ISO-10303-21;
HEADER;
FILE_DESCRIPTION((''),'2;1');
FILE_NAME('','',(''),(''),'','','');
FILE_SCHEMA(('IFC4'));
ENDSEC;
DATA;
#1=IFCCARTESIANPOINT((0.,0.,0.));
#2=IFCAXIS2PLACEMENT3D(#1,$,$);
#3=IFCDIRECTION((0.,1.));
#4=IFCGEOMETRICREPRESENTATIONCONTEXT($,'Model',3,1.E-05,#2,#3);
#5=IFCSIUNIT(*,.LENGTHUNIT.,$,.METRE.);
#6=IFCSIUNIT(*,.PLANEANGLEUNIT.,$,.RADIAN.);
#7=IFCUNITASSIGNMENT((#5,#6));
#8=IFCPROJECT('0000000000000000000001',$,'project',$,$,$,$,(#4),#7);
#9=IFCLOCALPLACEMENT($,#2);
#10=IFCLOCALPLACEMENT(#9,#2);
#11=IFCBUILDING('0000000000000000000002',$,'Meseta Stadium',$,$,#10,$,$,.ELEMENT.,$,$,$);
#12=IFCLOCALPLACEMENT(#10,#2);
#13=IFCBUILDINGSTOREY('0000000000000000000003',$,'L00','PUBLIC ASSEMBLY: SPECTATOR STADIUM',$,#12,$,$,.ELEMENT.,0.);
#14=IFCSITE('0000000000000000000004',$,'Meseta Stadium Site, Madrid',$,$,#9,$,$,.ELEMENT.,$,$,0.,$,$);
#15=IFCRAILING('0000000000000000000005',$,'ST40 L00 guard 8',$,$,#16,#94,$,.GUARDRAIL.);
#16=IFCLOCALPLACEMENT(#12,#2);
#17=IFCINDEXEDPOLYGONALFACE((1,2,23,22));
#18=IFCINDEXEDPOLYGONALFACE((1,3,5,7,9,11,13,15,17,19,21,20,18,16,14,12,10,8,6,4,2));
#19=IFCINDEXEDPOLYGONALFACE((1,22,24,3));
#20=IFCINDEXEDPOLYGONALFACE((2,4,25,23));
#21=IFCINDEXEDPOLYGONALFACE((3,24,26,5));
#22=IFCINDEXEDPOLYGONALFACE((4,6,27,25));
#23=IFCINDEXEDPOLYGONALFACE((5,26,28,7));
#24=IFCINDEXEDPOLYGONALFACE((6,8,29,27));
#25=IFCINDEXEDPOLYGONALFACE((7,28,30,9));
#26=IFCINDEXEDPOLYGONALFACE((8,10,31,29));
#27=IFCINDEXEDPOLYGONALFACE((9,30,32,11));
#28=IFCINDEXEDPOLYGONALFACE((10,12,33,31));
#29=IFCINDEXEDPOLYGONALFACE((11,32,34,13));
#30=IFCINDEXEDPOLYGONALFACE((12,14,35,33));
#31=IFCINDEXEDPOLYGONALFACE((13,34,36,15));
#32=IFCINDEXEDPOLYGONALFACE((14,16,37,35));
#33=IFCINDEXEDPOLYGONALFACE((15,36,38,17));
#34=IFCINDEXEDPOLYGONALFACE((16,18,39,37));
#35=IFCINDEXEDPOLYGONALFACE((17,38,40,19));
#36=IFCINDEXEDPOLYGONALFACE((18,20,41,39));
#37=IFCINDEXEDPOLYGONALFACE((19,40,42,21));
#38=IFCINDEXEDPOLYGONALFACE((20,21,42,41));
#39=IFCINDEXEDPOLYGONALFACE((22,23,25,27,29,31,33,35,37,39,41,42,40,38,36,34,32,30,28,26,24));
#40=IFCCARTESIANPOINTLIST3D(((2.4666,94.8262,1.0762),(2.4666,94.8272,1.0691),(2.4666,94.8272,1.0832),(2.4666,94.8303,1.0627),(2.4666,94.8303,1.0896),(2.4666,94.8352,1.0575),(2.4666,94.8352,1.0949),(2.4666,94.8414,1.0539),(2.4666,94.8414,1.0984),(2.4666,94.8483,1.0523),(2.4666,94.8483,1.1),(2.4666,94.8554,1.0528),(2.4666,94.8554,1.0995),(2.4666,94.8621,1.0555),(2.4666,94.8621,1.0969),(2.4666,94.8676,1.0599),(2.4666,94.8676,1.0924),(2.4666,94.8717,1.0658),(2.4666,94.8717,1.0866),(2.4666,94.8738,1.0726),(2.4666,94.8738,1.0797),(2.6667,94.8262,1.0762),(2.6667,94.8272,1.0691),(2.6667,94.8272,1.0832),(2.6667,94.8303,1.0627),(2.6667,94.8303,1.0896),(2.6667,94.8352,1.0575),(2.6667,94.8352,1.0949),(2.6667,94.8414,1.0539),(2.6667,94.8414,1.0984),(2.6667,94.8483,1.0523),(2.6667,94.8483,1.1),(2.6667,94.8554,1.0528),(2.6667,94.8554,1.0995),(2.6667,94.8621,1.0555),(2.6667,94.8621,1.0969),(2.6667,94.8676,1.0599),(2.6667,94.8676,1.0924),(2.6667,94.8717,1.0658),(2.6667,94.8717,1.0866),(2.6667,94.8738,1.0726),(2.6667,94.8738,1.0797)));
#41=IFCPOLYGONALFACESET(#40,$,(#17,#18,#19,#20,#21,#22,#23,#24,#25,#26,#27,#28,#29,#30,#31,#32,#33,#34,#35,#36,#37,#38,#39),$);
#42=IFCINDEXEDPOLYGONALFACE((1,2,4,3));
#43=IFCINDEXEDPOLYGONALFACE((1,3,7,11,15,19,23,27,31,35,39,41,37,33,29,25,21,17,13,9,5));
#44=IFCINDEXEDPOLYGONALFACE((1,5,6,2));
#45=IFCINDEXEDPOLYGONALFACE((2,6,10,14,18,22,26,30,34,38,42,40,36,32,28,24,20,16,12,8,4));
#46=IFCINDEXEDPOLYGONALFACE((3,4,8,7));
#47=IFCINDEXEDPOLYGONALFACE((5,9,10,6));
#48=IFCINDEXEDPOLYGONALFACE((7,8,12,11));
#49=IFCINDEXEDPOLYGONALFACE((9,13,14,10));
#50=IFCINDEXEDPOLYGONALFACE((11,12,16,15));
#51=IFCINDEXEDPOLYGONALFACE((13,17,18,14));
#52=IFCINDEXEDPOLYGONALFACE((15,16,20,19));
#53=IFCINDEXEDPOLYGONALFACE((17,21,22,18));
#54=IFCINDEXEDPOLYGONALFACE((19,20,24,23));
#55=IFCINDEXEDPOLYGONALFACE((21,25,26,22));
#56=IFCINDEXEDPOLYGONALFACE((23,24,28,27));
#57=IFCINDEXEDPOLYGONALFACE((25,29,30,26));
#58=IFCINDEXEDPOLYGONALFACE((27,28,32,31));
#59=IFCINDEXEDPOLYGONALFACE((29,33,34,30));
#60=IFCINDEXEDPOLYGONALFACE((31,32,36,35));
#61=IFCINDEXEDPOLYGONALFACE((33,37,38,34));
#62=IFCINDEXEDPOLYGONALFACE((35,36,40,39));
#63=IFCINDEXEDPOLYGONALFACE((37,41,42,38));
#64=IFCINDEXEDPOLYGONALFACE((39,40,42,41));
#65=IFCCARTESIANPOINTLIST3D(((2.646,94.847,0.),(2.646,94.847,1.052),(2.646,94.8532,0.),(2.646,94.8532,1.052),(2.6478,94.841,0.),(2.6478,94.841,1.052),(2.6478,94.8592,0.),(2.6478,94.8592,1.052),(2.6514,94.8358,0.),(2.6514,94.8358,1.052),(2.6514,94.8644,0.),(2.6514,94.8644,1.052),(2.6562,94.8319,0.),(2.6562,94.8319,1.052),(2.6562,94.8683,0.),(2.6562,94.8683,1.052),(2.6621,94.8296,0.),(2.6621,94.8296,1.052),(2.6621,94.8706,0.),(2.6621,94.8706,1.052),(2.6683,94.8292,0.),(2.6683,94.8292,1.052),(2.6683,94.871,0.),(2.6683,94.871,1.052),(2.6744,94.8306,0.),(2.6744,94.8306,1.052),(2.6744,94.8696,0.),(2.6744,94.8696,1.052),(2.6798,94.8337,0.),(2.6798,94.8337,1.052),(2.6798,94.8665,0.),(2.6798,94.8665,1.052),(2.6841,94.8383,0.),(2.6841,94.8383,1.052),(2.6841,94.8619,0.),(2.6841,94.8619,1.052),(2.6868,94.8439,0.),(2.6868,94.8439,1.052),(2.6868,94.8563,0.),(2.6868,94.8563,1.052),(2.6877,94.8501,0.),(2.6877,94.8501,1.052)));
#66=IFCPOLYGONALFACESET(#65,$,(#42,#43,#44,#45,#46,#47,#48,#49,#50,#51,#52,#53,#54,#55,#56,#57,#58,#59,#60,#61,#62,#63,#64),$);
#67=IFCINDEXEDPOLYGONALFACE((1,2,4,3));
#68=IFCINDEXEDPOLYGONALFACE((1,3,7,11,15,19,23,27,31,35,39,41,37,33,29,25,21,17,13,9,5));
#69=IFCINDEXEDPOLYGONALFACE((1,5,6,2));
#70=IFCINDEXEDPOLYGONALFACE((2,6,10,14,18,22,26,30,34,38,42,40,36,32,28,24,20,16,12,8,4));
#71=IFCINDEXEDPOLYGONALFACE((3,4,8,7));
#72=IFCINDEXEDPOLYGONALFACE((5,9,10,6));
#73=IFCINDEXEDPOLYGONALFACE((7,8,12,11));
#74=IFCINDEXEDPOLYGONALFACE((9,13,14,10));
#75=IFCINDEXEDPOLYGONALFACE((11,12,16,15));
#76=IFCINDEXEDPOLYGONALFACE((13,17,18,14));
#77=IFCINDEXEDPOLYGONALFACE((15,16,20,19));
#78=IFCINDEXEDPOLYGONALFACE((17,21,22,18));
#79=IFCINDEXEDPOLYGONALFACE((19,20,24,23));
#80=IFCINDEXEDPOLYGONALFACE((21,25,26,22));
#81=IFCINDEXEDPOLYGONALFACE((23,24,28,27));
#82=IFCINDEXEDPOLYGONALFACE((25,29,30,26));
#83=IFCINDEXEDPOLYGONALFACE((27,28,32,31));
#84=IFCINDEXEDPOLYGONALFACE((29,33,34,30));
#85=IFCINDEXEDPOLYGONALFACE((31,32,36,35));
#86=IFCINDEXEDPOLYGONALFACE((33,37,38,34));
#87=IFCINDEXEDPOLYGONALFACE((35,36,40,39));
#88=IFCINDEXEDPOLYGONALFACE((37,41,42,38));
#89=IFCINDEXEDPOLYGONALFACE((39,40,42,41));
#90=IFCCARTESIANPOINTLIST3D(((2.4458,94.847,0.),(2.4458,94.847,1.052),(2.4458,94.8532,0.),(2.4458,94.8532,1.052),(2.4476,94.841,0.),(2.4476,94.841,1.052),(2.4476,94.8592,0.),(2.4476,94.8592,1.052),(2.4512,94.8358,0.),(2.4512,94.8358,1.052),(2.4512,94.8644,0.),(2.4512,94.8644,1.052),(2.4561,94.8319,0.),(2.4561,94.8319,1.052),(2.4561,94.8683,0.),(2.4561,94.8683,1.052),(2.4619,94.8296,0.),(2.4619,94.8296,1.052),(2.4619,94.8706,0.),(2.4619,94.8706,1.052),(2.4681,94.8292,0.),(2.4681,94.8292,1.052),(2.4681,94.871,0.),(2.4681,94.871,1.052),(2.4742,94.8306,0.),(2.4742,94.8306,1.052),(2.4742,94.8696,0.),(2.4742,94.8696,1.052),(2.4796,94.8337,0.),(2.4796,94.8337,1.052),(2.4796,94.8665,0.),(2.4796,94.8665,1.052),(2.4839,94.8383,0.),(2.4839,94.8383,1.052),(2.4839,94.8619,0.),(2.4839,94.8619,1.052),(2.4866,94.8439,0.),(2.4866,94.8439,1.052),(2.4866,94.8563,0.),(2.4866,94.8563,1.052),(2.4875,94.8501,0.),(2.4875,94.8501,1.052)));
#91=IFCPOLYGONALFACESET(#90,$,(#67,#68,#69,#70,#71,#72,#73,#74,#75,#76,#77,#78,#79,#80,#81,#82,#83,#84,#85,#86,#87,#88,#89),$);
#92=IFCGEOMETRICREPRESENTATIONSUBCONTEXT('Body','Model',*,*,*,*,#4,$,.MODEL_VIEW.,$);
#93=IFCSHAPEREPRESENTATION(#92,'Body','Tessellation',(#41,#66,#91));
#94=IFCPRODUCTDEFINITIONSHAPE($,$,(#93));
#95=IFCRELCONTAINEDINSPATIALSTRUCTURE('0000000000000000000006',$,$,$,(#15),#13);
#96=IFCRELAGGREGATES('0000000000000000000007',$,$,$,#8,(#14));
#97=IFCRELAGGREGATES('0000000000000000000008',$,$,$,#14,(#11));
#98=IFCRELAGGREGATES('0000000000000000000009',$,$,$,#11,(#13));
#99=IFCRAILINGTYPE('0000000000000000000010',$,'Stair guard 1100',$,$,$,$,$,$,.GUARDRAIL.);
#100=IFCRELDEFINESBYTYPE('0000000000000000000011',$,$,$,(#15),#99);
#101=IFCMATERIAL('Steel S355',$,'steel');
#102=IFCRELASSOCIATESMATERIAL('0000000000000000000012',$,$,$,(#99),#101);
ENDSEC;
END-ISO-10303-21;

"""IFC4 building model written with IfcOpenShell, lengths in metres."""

from ifc_helpers import new_model, si_unit, direction, frame, origin, origin_2d, place, context, subcontext, project, spatial, circle, extrude, material, type_object, element, save


model = new_model("IFC4")

# Units and contexts
model_context = context("Model", 3, precision=1e-05, world=origin(), true_north=direction((0.0, 1.0)))
body_context = subcontext(model_context, "Body", "Model", "MODEL_VIEW")
ifc_project = project(units=[si_unit("LENGTHUNIT", "METRE"), si_unit("PLANEANGLEUNIT", "RADIAN")], contexts=[model_context])

# Site, building, storey
site_placement = place(None, origin())
site = spatial("IfcSite", under=ifc_project, at=site_placement, Name="Meseta Stadium Site, Madrid", CompositionType="ELEMENT", RefElevation=0.0)
building_placement = place(site_placement, origin())
building = spatial("IfcBuilding", under=site, at=building_placement, Name="Meseta Stadium", CompositionType="ELEMENT")
storey_placement = place(building_placement, origin())
storey = spatial("IfcBuildingStorey", under=building, at=storey_placement, Name="L00", Description="PUBLIC ASSEMBLY: SPECTATOR STADIUM", CompositionType="ELEMENT", Elevation=0.0)

# Railing
ifc_material_1 = material(Name="Steel S355", Category="steel")
railing_type_1 = type_object("IfcRailingType", Name="Stair guard 1100", PredefinedType="GUARDRAIL", material=ifc_material_1)
railing_1_placement = place(storey_placement, frame((2.6667, 94.8501, 0.0)))
element("IfcRailing", 1, at=railing_1_placement, inside=storey, type_object=railing_type_1, Name="ST40 L00 guard 8", PredefinedType="GUARDRAIL", context=body_context, shape_type="SweptSolid", body=[
    extrude(circle(Radius=0.0239, at=origin_2d()), frame((0.0, 0.0, 1.0762), z_axis=(-1.0, 0.0, 0.0), x_axis=(0.0, -1.0, 0.0)), (0.0, 0.0, 1.0), 0.2002),
    extrude(circle(Radius=0.021, at=origin_2d()), origin(), (0.0, 0.0, 1.0), 1.052),
    extrude(circle(Radius=0.021, at=origin_2d()), frame((-0.2002, 0.0, 0.0)), (0.0, 0.0, 1.0), 1.052),
])

save(model, "model.ifc")
